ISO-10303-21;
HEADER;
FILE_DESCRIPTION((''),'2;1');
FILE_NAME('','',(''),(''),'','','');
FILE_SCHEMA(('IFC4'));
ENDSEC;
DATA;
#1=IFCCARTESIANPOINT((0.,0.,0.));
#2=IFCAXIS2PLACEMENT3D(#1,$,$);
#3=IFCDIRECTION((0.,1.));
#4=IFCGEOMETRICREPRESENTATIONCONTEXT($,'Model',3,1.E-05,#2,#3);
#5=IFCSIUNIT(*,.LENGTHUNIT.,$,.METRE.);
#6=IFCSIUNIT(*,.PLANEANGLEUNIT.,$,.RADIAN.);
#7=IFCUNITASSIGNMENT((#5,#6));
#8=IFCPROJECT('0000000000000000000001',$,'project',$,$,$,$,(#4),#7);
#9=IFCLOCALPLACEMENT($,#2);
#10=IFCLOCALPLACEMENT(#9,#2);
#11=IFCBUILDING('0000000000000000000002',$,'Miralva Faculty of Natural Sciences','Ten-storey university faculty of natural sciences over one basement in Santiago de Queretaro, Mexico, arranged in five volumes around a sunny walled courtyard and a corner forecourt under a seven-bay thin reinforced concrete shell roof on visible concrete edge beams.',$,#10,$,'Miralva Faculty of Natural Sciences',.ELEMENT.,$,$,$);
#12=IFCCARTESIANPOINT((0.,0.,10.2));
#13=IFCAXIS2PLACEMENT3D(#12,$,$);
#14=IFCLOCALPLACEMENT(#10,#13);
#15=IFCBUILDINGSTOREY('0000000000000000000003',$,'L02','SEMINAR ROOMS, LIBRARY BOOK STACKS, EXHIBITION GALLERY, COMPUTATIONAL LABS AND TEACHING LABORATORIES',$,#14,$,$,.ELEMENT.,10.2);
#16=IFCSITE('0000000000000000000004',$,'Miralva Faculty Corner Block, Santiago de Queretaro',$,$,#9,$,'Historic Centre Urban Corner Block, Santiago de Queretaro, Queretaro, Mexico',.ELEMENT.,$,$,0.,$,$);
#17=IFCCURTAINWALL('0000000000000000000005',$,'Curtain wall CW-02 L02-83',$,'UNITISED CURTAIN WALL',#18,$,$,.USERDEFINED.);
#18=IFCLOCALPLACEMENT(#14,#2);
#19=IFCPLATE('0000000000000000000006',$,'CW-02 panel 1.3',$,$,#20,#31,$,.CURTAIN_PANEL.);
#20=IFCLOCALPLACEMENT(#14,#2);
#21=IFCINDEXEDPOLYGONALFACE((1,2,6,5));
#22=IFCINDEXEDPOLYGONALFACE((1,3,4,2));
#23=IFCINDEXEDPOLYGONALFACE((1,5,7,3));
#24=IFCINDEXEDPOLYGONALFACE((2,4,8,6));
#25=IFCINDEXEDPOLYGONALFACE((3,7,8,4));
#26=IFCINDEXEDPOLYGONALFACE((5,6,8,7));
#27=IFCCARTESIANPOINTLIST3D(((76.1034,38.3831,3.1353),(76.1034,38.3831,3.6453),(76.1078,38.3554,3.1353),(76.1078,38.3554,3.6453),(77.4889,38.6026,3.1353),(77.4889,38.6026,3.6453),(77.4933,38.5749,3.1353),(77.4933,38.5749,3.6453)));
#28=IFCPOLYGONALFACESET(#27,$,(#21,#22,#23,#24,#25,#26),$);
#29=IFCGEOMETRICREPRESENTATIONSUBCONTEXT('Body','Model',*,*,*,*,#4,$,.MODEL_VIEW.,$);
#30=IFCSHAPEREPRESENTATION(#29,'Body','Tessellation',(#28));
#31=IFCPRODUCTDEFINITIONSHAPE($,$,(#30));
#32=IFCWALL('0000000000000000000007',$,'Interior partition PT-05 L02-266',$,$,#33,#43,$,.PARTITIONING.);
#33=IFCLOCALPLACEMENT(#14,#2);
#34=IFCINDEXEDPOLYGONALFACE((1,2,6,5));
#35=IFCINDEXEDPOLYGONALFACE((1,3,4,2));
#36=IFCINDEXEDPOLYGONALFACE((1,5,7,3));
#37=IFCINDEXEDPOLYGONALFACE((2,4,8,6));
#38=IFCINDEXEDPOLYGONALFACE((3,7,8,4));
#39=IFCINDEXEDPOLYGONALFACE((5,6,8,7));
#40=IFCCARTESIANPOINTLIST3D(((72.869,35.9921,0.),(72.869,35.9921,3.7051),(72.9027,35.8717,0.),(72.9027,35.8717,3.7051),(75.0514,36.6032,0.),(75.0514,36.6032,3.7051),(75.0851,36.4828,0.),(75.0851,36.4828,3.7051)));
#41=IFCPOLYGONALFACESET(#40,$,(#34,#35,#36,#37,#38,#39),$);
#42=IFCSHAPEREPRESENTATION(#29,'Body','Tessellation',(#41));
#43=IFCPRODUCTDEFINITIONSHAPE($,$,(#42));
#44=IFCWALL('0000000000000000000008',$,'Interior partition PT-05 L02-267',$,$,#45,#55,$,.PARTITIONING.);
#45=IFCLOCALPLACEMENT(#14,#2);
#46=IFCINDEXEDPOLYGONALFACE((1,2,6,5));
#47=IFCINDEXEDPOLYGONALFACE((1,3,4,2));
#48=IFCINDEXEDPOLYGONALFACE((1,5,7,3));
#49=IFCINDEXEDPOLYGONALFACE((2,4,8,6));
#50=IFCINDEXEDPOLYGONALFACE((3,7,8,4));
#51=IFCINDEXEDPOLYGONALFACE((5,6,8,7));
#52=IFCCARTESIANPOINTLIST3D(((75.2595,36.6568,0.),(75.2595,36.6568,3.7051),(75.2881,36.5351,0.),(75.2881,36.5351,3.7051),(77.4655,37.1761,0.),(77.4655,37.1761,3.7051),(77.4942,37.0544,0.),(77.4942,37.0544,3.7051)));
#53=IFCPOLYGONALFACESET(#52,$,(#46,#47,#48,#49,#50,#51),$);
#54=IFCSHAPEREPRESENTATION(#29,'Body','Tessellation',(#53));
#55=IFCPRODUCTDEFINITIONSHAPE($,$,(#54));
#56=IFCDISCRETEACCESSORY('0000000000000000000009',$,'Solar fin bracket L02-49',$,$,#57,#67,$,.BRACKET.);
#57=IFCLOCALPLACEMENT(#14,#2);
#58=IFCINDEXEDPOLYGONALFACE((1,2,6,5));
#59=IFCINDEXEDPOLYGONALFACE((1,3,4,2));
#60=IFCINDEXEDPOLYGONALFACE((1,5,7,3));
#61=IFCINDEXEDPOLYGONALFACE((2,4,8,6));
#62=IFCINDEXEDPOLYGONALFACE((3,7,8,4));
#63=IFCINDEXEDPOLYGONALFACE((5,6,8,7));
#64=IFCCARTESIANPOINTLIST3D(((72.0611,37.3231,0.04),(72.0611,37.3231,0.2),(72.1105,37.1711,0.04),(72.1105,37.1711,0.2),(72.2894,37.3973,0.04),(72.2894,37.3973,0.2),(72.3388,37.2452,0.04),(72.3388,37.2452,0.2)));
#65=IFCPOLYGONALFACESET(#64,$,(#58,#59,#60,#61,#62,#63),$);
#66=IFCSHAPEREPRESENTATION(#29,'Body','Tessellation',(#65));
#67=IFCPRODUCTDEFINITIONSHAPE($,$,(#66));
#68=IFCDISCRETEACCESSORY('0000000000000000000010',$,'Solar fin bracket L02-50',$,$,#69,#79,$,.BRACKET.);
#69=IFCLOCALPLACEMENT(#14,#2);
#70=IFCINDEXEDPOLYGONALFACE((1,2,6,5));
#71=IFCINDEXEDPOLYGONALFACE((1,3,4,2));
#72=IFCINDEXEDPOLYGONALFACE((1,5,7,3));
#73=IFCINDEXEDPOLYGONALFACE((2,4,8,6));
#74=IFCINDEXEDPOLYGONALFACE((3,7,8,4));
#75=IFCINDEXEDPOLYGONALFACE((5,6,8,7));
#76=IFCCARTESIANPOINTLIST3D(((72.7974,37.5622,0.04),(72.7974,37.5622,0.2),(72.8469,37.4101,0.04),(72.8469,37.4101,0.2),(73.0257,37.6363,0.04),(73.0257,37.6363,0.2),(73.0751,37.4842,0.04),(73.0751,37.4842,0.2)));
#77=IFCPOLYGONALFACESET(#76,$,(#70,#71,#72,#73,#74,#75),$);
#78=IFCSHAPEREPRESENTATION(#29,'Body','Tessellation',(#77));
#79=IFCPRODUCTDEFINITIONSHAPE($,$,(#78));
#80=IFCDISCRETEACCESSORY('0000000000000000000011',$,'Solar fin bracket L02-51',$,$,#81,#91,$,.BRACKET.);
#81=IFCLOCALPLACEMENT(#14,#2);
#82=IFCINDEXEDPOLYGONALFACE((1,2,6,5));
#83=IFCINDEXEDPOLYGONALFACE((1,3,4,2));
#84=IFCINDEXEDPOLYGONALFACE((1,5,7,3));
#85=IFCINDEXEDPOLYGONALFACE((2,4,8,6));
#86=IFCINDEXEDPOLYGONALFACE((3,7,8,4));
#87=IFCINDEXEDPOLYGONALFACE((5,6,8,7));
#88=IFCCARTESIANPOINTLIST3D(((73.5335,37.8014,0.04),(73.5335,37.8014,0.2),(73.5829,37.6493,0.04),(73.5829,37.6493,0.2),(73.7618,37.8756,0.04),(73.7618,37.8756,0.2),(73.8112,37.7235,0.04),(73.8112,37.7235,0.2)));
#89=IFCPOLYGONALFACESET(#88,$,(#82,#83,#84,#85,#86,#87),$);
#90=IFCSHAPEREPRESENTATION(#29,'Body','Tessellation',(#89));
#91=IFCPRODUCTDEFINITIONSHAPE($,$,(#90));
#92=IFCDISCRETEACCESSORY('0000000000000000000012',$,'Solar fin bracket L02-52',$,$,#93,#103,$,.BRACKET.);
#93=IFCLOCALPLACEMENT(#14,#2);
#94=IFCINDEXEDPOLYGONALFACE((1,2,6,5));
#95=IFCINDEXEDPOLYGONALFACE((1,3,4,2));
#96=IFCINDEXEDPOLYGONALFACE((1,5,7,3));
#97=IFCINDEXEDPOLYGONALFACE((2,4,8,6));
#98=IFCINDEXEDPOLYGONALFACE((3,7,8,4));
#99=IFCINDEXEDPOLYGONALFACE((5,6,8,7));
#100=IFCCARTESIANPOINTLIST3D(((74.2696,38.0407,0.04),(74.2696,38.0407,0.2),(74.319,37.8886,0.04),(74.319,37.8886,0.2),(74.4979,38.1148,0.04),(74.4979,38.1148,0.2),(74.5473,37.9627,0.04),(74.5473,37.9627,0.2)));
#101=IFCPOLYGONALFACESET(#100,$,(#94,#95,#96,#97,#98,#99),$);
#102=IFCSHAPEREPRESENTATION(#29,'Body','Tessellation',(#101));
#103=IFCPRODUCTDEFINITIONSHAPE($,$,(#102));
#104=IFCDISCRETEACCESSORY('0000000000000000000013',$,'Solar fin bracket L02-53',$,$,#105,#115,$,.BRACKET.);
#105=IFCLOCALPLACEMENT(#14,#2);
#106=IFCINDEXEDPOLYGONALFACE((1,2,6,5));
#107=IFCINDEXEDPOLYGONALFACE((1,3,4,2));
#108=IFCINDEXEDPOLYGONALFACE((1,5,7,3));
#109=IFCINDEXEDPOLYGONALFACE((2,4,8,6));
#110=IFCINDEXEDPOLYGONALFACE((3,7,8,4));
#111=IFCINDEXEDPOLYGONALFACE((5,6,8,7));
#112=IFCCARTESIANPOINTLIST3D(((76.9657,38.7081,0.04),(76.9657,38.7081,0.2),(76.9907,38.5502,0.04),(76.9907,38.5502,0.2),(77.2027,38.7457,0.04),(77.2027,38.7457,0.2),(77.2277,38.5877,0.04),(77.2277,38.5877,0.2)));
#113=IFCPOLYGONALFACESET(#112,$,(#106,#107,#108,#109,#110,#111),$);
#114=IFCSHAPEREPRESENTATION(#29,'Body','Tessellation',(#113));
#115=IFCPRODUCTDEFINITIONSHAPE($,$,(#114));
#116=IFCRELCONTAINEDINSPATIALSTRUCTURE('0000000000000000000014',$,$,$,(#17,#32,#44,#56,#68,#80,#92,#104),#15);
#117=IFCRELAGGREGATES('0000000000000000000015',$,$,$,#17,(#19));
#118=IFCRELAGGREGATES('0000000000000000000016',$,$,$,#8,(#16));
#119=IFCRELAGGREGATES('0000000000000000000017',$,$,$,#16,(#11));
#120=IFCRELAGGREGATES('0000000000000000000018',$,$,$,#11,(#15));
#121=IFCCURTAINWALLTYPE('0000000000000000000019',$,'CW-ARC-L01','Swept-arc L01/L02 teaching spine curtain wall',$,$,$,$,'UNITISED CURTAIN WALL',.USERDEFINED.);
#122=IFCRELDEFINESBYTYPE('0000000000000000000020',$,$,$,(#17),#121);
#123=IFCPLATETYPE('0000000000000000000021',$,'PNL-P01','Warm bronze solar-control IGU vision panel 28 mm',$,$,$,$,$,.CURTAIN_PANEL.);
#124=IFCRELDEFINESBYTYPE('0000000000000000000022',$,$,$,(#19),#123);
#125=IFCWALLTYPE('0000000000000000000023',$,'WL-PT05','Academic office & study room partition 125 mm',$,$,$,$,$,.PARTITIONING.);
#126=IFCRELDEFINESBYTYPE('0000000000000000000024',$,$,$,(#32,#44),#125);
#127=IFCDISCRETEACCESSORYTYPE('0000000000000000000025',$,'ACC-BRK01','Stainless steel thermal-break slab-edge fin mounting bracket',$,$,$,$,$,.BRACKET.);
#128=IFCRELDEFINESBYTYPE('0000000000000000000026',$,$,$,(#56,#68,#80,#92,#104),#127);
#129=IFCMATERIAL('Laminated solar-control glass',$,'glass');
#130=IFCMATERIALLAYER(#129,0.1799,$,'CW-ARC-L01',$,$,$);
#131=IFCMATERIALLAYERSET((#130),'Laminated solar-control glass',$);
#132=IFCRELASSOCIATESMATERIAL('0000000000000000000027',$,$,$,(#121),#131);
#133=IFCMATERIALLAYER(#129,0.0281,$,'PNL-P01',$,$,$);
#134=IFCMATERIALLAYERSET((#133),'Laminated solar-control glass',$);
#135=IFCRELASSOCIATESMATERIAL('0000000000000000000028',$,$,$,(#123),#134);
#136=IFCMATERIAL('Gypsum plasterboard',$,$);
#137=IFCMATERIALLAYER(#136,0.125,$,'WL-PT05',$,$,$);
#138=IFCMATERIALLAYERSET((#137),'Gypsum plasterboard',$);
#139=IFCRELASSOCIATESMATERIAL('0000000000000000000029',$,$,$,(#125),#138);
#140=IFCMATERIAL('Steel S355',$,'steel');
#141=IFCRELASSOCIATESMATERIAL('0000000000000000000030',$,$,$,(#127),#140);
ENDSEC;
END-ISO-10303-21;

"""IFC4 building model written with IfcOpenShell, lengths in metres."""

from ifc_helpers import new_model, si_unit, direction, frame, frame_2d, origin, origin_2d, place, context, subcontext, project, spatial, rectangle, extrude, material, layer, layer_set, type_object, element, aggregate, save


model = new_model("IFC4")

# Units and contexts
model_context = context("Model", 3, precision=1e-05, world=origin(), true_north=direction((0.0, 1.0)))
body_context = subcontext(model_context, "Body", "Model", "MODEL_VIEW")
ifc_project = project(units=[si_unit("LENGTHUNIT", "METRE"), si_unit("PLANEANGLEUNIT", "RADIAN")], contexts=[model_context])

# Site, building, storey
site_placement = place(None, origin())
site = spatial("IfcSite", under=ifc_project, at=site_placement, Name="Miralva Faculty Corner Block, Santiago de Queretaro", LongName="Historic Centre Urban Corner Block, Santiago de Queretaro, Queretaro, Mexico", CompositionType="ELEMENT", RefElevation=0.0)
building_placement = place(site_placement, origin())
building = spatial("IfcBuilding", under=site, at=building_placement, Name="Miralva Faculty of Natural Sciences", Description="Ten-storey university faculty of natural sciences over one basement in Santiago de Queretaro, Mexico, arranged in five volumes around a sunny walled courtyard and a corner forecourt under a seven-bay thin reinforced concrete shell roof on visible concrete edge beams.", LongName="Miralva Faculty of Natural Sciences", CompositionType="ELEMENT")
storey_placement = place(building_placement, frame((0.0, 0.0, 10.2)))
storey = spatial("IfcBuildingStorey", under=building, at=storey_placement, Name="L02", Description="SEMINAR ROOMS, LIBRARY BOOK STACKS, EXHIBITION GALLERY, COMPUTATIONAL LABS AND TEACHING LABORATORIES", CompositionType="ELEMENT", Elevation=10.2)

# Shared definitions
ifc_material_1 = material(Name="Laminated solar-control glass", Category="glass")
ifc_layer_1 = layer(ifc_material_1, 0.1799, Name="CW-ARC-L01")
ifc_layer_set_1 = layer_set([ifc_layer_1], Name="Laminated solar-control glass")
curtain_wall_type = type_object("IfcCurtainWallType", Name="CW-ARC-L01", Description="Swept-arc L01/L02 teaching spine curtain wall", ElementType="UNITISED CURTAIN WALL", PredefinedType="USERDEFINED", material=ifc_layer_set_1)

# Curtain wall
curtain_wall_1_placement = place(storey_placement, origin())
curtain_wall_1 = element("IfcCurtainWall", 1, at=curtain_wall_1_placement, inside=storey, type_object=curtain_wall_type, Name="Curtain wall CW-02 L02-83", ObjectType="UNITISED CURTAIN WALL", PredefinedType="USERDEFINED")

# Plate
ifc_layer_2 = layer(ifc_material_1, 0.0281, Name="PNL-P01")
ifc_layer_set_2 = layer_set([ifc_layer_2], Name="Laminated solar-control glass")
plate_type = type_object("IfcPlateType", Name="PNL-P01", Description="Warm bronze solar-control IGU vision panel 28 mm", PredefinedType="CURTAIN_PANEL", material=ifc_layer_set_2)
plate_1_placement = place(storey_placement, frame((76.7983, 38.479, 3.1353), z_axis=(0.0, 0.0, 1.0), x_axis=(0.987689, 0.156431, 0.0)))
plate_1 = element("IfcPlate", 2, at=plate_1_placement, type_object=plate_type, Name="CW-02 panel 1.3", PredefinedType="CURTAIN_PANEL", context=body_context, shape_type="SweptSolid", body=[
    extrude(rectangle(XDim=1.4028, YDim=0.0281, at=origin_2d()), origin(), (0.0, 0.0, 1.0), 0.51),
])
aggregate(curtain_wall_1, [plate_1])

# Walls
ifc_material_2 = material(Name="Gypsum plasterboard")
ifc_layer_3 = layer(ifc_material_2, 0.125, Name="WL-PT05")
ifc_layer_set_3 = layer_set([ifc_layer_3], Name="Gypsum plasterboard")
wall_type = type_object("IfcWallType", Name="WL-PT05", Description="Academic office & study room partition 125 mm", PredefinedType="PARTITIONING", material=ifc_layer_set_3)
for number, where, z_axis, x_axis, name in (
    (3, (72.8857, 35.9319, 0.0), (0.0, 0.0, 1.0), (0.962962, 0.269638, 0.0), "Interior partition PT-05 L02-266"),
    (4, (75.2737, 36.5959, 0.0), (0.0, 0.0, 1.0), (0.973396, 0.229129, 0.0), "Interior partition PT-05 L02-267"),
):
    element("IfcWall", number, at=place(storey_placement, frame(where, z_axis=z_axis, x_axis=x_axis)), inside=storey, type_object=wall_type, Name=name, PredefinedType="PARTITIONING", context=body_context, shape_type="SweptSolid", body=[
        extrude(rectangle(XDim=2.2664, YDim=0.125, at=frame_2d((1.1333, 0.0))), origin(), (0.0, 0.0, 1.0), 3.7051),
    ])

# Discrete accessories
ifc_material_3 = material(Name="Steel S355", Category="steel")
discrete_accessory_type = type_object("IfcDiscreteAccessoryType", Name="ACC-BRK01", Description="Stainless steel thermal-break slab-edge fin mounting bracket", PredefinedType="BRACKET", material=ifc_material_3)
for number, where, z_axis, x_axis, name in (
    (5, (72.2, 37.2842, 0.04), (0.0, 0.0, 1.0), (-0.309017, 0.951057, 0.0), "Solar fin bracket L02-49"),
    (6, (72.9363, 37.5232, 0.04), (0.0, 0.0, 1.0), (-0.309017, 0.951057, 0.0), "Solar fin bracket L02-50"),
    (7, (73.6724, 37.7625, 0.04), (0.0, 0.0, 1.0), (-0.309017, 0.951057, 0.0), "Solar fin bracket L02-51"),
    (8, (74.4084, 38.0017, 0.04), (0.0, 0.0, 1.0), (-0.309017, 0.951057, 0.0), "Solar fin bracket L02-52"),
    (9, (77.0967, 38.6479, 0.04), (0.0, 0.0, 1.0), (-0.156434, 0.987688, 0.0), "Solar fin bracket L02-53"),
):
    element("IfcDiscreteAccessory", number, at=place(storey_placement, frame(where, z_axis=z_axis, x_axis=x_axis)), inside=storey, type_object=discrete_accessory_type, Name=name, PredefinedType="BRACKET", context=body_context, shape_type="SweptSolid", body=[
        extrude(rectangle(XDim=0.1599, YDim=0.24, at=origin_2d()), origin(), (0.0, 0.0, 1.0), 0.1599),
    ])

save(model, "model.ifc")
